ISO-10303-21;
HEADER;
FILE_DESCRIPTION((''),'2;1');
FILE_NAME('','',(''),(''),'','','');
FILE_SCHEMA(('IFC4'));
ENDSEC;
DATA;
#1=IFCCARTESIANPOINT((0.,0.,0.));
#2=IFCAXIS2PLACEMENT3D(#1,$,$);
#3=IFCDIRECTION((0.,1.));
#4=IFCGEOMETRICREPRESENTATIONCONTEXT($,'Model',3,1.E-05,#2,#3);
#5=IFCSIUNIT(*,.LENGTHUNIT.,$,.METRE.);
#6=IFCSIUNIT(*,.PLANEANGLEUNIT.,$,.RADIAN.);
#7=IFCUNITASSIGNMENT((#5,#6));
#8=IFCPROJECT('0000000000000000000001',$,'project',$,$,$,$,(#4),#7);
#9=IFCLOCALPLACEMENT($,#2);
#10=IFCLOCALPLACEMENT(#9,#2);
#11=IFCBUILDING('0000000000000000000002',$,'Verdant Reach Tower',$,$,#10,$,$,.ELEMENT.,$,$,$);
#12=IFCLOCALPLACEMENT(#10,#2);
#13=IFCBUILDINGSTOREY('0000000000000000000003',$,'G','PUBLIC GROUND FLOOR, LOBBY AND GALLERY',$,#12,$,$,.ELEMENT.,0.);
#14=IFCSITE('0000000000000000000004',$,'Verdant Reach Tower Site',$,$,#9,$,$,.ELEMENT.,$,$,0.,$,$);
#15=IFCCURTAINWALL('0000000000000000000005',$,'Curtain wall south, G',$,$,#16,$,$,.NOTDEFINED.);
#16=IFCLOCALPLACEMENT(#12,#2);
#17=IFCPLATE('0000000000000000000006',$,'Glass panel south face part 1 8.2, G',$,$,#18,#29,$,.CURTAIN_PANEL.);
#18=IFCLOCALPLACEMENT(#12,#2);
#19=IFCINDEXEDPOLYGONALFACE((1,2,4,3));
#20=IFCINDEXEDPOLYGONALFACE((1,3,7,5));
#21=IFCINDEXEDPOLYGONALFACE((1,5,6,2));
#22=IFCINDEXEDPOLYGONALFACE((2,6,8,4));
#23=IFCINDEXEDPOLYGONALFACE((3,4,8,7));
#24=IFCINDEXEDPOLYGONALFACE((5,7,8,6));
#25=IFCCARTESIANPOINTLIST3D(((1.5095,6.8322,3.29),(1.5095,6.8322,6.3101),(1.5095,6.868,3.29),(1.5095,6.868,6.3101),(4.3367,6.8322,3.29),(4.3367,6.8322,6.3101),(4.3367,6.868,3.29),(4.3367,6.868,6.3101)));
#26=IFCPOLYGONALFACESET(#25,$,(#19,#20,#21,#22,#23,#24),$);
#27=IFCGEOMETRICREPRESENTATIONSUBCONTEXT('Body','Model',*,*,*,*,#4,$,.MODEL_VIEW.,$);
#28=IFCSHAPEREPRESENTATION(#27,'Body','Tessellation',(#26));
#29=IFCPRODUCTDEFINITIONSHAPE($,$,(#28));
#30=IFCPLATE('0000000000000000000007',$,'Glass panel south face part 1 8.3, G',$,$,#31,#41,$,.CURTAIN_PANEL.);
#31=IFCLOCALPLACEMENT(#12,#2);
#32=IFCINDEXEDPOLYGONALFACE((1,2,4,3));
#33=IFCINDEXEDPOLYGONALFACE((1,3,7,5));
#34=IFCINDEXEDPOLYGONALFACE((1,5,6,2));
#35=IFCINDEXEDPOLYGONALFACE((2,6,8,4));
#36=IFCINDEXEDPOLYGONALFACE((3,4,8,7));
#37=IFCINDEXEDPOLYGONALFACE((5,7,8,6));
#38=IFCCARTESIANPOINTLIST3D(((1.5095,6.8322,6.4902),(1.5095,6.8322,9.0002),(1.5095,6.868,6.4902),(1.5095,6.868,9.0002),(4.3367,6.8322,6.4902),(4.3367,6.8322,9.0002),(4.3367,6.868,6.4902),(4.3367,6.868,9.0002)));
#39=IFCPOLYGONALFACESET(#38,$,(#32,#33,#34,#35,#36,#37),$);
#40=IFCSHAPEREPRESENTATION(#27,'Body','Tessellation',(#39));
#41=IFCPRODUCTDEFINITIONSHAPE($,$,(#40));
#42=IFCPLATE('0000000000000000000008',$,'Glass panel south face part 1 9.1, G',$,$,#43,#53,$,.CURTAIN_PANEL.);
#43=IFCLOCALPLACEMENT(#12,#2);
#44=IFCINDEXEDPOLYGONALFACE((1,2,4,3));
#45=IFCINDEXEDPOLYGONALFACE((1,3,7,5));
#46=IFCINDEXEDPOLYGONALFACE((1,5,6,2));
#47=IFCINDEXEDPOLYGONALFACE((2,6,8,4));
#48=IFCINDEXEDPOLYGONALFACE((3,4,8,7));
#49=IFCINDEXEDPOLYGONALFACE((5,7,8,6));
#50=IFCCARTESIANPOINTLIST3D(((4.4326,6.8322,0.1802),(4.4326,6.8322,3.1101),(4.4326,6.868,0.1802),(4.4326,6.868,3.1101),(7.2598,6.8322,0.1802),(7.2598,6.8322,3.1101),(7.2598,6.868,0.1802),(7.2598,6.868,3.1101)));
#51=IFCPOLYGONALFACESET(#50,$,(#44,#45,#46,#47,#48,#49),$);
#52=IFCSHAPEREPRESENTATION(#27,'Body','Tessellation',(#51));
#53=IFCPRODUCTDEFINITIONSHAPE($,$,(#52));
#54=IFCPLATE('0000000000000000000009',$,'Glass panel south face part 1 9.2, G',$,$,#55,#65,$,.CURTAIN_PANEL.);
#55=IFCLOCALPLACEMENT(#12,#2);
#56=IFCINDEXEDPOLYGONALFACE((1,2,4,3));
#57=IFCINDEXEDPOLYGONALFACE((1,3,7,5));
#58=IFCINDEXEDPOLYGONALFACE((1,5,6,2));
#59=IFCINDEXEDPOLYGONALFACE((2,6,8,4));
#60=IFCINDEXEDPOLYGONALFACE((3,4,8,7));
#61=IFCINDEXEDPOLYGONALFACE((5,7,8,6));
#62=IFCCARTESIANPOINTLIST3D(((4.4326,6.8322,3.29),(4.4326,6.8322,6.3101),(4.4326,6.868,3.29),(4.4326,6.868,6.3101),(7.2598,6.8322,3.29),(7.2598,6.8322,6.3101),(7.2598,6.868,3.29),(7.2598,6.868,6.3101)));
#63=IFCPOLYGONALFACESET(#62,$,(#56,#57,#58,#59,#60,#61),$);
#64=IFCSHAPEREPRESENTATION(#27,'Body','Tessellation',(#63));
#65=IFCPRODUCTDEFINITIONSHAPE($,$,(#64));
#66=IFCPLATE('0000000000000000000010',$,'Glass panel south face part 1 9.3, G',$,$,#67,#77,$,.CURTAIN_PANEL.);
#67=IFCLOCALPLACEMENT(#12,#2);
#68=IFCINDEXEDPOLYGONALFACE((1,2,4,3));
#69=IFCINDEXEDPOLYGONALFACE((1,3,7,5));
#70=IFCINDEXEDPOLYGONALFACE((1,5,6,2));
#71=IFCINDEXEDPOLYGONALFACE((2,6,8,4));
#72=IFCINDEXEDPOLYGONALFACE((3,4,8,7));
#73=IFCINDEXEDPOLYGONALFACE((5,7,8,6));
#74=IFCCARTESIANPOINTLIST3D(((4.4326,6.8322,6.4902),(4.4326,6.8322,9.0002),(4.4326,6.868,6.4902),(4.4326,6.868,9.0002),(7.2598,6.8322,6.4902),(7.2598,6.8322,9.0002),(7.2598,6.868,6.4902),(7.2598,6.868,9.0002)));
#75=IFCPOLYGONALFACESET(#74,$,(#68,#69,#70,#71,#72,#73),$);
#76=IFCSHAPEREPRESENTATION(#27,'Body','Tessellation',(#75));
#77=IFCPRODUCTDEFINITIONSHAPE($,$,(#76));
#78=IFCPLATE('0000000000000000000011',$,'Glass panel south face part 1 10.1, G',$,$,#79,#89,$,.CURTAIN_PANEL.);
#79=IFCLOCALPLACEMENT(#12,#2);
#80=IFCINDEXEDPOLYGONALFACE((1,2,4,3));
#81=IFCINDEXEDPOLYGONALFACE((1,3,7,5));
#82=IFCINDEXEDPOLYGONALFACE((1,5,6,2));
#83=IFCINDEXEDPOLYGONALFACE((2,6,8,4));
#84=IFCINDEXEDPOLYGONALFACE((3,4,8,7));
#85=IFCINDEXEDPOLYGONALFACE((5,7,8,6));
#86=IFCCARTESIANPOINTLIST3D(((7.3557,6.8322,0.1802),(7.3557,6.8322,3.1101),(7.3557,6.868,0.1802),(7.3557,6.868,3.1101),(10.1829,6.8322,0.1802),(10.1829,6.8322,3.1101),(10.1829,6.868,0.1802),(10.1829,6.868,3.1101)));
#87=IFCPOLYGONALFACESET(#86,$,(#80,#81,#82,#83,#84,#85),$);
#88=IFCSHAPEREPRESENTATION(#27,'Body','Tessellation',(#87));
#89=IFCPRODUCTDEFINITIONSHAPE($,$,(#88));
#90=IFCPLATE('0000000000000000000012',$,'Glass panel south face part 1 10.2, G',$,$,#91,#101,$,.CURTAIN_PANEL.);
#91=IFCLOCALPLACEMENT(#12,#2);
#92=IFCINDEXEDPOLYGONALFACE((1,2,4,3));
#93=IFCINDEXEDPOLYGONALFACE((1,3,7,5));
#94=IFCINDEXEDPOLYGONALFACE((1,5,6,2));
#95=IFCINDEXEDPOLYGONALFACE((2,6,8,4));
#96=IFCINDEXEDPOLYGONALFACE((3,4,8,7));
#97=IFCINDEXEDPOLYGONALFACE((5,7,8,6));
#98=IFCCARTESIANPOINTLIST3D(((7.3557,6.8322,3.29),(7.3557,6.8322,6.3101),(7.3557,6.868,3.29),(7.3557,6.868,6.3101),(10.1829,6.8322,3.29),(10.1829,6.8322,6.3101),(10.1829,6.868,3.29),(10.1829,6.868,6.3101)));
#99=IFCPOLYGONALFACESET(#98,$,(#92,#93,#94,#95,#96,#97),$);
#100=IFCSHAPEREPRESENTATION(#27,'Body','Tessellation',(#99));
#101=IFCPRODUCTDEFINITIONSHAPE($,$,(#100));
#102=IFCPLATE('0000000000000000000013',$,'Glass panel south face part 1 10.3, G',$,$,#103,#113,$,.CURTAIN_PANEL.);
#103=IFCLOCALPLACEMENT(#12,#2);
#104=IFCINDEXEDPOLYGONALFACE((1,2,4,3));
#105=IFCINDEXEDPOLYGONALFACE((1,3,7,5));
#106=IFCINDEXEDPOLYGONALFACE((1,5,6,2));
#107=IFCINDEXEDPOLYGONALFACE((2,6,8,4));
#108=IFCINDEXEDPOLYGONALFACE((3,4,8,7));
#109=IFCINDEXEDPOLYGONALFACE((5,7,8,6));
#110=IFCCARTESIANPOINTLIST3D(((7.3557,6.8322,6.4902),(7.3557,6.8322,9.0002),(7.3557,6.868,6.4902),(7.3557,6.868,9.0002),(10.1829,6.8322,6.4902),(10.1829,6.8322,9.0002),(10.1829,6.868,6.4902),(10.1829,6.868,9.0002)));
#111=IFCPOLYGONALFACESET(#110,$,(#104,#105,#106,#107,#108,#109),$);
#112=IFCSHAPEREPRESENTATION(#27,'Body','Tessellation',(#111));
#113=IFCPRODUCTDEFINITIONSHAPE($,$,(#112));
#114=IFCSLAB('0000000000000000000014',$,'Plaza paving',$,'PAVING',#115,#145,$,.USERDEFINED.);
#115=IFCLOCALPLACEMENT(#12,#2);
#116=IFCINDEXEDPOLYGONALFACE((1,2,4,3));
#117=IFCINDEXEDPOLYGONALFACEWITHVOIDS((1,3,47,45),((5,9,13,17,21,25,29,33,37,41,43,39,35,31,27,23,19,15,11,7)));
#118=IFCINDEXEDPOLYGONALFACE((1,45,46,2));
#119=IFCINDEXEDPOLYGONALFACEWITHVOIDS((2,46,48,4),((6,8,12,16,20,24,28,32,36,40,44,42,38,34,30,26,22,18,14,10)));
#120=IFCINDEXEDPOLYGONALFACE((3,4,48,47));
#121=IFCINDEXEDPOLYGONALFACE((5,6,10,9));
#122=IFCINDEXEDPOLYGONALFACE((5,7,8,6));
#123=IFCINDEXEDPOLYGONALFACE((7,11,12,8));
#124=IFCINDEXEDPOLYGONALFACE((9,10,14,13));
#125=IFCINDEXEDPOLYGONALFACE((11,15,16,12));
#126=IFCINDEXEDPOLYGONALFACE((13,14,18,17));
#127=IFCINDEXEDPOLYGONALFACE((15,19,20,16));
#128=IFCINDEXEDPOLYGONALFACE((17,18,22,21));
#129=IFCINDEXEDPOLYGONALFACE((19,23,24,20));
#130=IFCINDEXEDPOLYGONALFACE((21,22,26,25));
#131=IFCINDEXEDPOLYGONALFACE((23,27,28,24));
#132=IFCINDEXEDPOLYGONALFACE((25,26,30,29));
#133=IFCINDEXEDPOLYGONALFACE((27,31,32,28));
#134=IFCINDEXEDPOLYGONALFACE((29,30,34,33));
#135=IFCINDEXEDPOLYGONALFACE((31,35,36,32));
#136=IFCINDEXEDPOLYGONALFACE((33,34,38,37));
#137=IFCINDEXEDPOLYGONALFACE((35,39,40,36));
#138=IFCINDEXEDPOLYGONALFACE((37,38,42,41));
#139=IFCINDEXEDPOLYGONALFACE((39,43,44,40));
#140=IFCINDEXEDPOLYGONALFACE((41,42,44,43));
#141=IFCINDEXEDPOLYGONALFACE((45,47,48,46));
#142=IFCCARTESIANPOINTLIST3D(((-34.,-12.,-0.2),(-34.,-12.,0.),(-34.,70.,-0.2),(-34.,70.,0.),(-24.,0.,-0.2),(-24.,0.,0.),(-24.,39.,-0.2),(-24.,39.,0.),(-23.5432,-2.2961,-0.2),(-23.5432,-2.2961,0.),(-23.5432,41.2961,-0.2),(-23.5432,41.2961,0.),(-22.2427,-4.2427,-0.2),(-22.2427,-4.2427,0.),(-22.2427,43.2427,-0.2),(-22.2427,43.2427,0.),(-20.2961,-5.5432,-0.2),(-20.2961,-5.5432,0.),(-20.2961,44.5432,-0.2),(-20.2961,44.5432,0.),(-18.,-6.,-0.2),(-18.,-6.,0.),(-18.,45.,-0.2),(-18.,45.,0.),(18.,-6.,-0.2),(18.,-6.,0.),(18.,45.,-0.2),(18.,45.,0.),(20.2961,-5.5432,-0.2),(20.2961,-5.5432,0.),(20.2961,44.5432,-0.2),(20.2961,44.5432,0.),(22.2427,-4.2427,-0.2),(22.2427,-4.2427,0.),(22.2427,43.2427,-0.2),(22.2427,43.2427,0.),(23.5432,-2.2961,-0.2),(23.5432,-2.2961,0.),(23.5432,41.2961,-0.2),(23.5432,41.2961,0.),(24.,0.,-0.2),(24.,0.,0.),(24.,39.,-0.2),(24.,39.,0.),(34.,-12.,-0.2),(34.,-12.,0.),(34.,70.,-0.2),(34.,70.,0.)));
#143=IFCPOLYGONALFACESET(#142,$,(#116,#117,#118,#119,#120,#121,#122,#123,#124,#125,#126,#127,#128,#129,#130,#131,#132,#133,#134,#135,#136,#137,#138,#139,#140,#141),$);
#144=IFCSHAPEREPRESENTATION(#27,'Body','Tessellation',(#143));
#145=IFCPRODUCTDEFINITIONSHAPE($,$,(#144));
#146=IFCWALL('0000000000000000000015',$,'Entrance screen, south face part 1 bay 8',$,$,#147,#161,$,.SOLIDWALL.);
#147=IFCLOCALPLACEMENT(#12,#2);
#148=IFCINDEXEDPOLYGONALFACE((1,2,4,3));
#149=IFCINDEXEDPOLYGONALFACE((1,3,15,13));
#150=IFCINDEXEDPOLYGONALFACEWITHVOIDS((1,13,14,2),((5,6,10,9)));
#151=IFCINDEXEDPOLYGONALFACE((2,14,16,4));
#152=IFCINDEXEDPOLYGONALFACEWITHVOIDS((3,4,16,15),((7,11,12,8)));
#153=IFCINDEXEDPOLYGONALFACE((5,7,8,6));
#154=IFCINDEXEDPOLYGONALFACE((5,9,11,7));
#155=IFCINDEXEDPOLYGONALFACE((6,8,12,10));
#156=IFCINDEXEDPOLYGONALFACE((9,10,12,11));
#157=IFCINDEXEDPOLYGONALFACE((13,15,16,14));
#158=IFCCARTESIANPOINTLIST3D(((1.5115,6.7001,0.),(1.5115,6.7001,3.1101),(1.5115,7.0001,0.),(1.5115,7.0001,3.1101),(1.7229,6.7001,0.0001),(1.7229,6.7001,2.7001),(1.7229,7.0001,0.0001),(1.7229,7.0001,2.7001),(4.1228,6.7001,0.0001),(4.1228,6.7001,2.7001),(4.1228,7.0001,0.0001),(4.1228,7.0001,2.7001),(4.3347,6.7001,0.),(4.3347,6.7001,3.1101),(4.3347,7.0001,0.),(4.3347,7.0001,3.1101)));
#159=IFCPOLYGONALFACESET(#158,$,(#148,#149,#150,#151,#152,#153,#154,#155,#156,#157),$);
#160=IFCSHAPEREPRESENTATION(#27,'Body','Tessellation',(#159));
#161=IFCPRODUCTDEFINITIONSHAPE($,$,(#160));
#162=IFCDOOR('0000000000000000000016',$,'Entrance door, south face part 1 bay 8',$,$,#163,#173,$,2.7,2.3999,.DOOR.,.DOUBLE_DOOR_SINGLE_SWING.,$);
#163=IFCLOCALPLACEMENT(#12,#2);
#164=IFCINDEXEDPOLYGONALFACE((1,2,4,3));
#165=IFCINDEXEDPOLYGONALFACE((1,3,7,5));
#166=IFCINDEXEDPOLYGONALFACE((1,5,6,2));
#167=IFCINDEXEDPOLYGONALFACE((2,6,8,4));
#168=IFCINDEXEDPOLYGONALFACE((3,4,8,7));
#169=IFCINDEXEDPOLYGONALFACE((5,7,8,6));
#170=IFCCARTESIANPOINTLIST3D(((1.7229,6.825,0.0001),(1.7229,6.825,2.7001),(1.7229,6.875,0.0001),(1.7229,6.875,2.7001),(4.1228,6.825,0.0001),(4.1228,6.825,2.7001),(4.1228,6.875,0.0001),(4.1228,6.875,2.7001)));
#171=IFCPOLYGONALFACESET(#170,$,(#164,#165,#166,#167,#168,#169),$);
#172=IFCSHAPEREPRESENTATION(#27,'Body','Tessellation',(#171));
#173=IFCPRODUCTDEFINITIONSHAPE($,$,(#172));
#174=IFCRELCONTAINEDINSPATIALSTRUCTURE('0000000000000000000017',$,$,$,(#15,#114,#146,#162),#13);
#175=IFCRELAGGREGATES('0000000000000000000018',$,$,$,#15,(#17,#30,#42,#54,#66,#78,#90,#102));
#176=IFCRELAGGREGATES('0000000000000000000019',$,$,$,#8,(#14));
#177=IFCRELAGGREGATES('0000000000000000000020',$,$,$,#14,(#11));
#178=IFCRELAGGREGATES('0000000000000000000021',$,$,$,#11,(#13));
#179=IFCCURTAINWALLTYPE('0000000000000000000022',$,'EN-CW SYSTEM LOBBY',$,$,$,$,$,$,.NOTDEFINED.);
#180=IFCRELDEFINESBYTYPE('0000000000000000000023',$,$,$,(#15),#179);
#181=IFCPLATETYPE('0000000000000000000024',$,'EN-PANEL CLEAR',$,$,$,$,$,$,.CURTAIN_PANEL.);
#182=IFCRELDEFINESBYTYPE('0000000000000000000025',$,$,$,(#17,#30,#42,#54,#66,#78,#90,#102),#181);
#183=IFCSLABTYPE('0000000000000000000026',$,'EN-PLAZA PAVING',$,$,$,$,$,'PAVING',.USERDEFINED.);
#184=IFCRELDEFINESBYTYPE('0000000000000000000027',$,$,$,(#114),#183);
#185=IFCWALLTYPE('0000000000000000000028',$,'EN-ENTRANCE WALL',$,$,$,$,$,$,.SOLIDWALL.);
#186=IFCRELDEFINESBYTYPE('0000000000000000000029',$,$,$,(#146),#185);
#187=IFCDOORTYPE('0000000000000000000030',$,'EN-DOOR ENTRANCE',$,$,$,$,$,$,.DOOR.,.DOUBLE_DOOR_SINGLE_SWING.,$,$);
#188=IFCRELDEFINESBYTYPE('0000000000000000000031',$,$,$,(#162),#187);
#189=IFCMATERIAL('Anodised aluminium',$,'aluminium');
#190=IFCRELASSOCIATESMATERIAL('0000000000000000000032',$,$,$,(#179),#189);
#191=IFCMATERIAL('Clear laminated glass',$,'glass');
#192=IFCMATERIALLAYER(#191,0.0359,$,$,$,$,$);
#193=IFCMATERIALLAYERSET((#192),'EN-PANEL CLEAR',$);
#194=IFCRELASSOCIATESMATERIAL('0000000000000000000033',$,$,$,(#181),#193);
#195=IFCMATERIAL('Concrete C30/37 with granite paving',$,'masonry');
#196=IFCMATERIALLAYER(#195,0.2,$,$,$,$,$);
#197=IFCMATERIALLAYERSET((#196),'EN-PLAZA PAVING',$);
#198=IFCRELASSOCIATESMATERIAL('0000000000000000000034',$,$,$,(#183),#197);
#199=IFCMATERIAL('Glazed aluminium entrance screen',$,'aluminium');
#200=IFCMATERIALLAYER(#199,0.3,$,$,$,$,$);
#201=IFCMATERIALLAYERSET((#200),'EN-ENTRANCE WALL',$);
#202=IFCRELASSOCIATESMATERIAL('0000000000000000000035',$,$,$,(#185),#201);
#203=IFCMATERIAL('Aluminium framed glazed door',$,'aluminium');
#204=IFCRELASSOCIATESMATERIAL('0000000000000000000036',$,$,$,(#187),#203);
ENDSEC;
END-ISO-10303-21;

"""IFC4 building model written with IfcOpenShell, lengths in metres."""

from ifc_helpers import new_model, si_unit, direction, frame, frame_2d, origin, origin_2d, place, context, subcontext, project, spatial, polyline, rectangle, outline, extrude, material, layer, layer_set, type_object, element, fill, aggregate, save


model = new_model("IFC4")

# Units and contexts
model_context = context("Model", 3, precision=1e-05, world=origin(), true_north=direction((0.0, 1.0)))
body_context = subcontext(model_context, "Body", "Model", "MODEL_VIEW")
ifc_project = project(units=[si_unit("LENGTHUNIT", "METRE"), si_unit("PLANEANGLEUNIT", "RADIAN")], contexts=[model_context])

# Site, building, storey
site_placement = place(None, origin())
site = spatial("IfcSite", under=ifc_project, at=site_placement, Name="Verdant Reach Tower Site", CompositionType="ELEMENT", RefElevation=0.0)
building_placement = place(site_placement, origin())
building = spatial("IfcBuilding", under=site, at=building_placement, Name="Verdant Reach Tower", CompositionType="ELEMENT")
storey_placement = place(building_placement, origin())
storey = spatial("IfcBuildingStorey", under=building, at=storey_placement, Name="G", Description="PUBLIC GROUND FLOOR, LOBBY AND GALLERY", CompositionType="ELEMENT", Elevation=0.0)

# Curtain wall
ifc_material_1 = material(Name="Anodised aluminium", Category="aluminium")
curtain_wall_type = type_object("IfcCurtainWallType", Name="EN-CW SYSTEM LOBBY", PredefinedType="NOTDEFINED", material=ifc_material_1)
curtain_wall_placement = place(storey_placement, origin())
curtain_wall = element("IfcCurtainWall", 1, at=curtain_wall_placement, inside=storey, type_object=curtain_wall_type, Name="Curtain wall south, G", PredefinedType="NOTDEFINED")

# Plates
ifc_material_2 = material(Name="Clear laminated glass", Category="glass")
ifc_layer_1 = layer(ifc_material_2, 0.0359)
ifc_layer_set_1 = layer_set([ifc_layer_1], Name="EN-PANEL CLEAR")
plate_type = type_object("IfcPlateType", Name="EN-PANEL CLEAR", PredefinedType="CURTAIN_PANEL", material=ifc_layer_set_1)
plate_1_placement = place(storey_placement, frame((2.9231, 6.8501, 3.29), z_axis=(0.0, 0.0, 1.0), x_axis=(1.0, 0.0, 0.0)))
plate_1 = element("IfcPlate", 2, at=plate_1_placement, type_object=plate_type, Name="Glass panel south face part 1 8.2, G", PredefinedType="CURTAIN_PANEL", context=body_context, shape_type="SweptSolid", body=[
    extrude(rectangle(XDim=2.8271, YDim=0.0359, at=origin_2d()), origin(), (0.0, 0.0, 1.0), 3.02),
])
plate_2_placement = place(storey_placement, frame((2.9231, 6.8501, 6.4902), z_axis=(0.0, 0.0, 1.0), x_axis=(1.0, 0.0, 0.0)))
plate_2 = element("IfcPlate", 3, at=plate_2_placement, type_object=plate_type, Name="Glass panel south face part 1 8.3, G", PredefinedType="CURTAIN_PANEL", context=body_context, shape_type="SweptSolid", body=[
    extrude(rectangle(XDim=2.8271, YDim=0.0359, at=origin_2d()), origin(), (0.0, 0.0, 1.0), 2.51),
])
plate_3_placement = place(storey_placement, frame((5.8462, 6.8501, 0.1802), z_axis=(0.0, 0.0, 1.0), x_axis=(1.0, 0.0, 0.0)))
plate_3 = element("IfcPlate", 4, at=plate_3_placement, type_object=plate_type, Name="Glass panel south face part 1 9.1, G", PredefinedType="CURTAIN_PANEL", context=body_context, shape_type="SweptSolid", body=[
    extrude(rectangle(XDim=2.8271, YDim=0.0359, at=origin_2d()), origin(), (0.0, 0.0, 1.0), 2.9299),
])
plate_4_placement = place(storey_placement, frame((5.8462, 6.8501, 3.29), z_axis=(0.0, 0.0, 1.0), x_axis=(1.0, 0.0, 0.0)))
plate_4 = element("IfcPlate", 5, at=plate_4_placement, type_object=plate_type, Name="Glass panel south face part 1 9.2, G", PredefinedType="CURTAIN_PANEL", context=body_context, shape_type="SweptSolid", body=[
    extrude(rectangle(XDim=2.8271, YDim=0.0359, at=origin_2d()), origin(), (0.0, 0.0, 1.0), 3.02),
])
plate_5_placement = place(storey_placement, frame((5.8462, 6.8501, 6.4902), z_axis=(0.0, 0.0, 1.0), x_axis=(1.0, 0.0, 0.0)))
plate_5 = element("IfcPlate", 6, at=plate_5_placement, type_object=plate_type, Name="Glass panel south face part 1 9.3, G", PredefinedType="CURTAIN_PANEL", context=body_context, shape_type="SweptSolid", body=[
    extrude(rectangle(XDim=2.8271, YDim=0.0359, at=origin_2d()), origin(), (0.0, 0.0, 1.0), 2.51),
])
plate_6_placement = place(storey_placement, frame((8.7693, 6.8501, 0.1802), z_axis=(0.0, 0.0, 1.0), x_axis=(1.0, 0.0, 0.0)))
plate_6 = element("IfcPlate", 7, at=plate_6_placement, type_object=plate_type, Name="Glass panel south face part 1 10.1, G", PredefinedType="CURTAIN_PANEL", context=body_context, shape_type="SweptSolid", body=[
    extrude(rectangle(XDim=2.8271, YDim=0.0359, at=origin_2d()), origin(), (0.0, 0.0, 1.0), 2.9299),
])
plate_7_placement = place(storey_placement, frame((8.7693, 6.8501, 3.29), z_axis=(0.0, 0.0, 1.0), x_axis=(1.0, 0.0, 0.0)))
plate_7 = element("IfcPlate", 8, at=plate_7_placement, type_object=plate_type, Name="Glass panel south face part 1 10.2, G", PredefinedType="CURTAIN_PANEL", context=body_context, shape_type="SweptSolid", body=[
    extrude(rectangle(XDim=2.8271, YDim=0.0359, at=origin_2d()), origin(), (0.0, 0.0, 1.0), 3.02),
])
plate_8_placement = place(storey_placement, frame((8.7693, 6.8501, 6.4902), z_axis=(0.0, 0.0, 1.0), x_axis=(1.0, 0.0, 0.0)))
plate_8 = element("IfcPlate", 9, at=plate_8_placement, type_object=plate_type, Name="Glass panel south face part 1 10.3, G", PredefinedType="CURTAIN_PANEL", context=body_context, shape_type="SweptSolid", body=[
    extrude(rectangle(XDim=2.8271, YDim=0.0359, at=origin_2d()), origin(), (0.0, 0.0, 1.0), 2.51),
])
aggregate(curtain_wall, [plate_1, plate_2, plate_3, plate_4, plate_5, plate_6, plate_7, plate_8])

# Slab
ifc_material_3 = material(Name="Concrete C30/37 with granite paving", Category="masonry")
ifc_layer_2 = layer(ifc_material_3, 0.2)
ifc_layer_set_2 = layer_set([ifc_layer_2], Name="EN-PLAZA PAVING")
slab_type_1 = type_object("IfcSlabType", Name="EN-PLAZA PAVING", ElementType="PAVING", PredefinedType="USERDEFINED", material=ifc_layer_set_2)
slab_1_placement = place(storey_placement, frame((0.0, 0.0, -0.2)))
element("IfcSlab", 10, at=slab_1_placement, inside=storey, type_object=slab_type_1, Name="Plaza paving", ObjectType="PAVING", PredefinedType="USERDEFINED", context=body_context, shape_type="SweptSolid", body=[
    extrude(outline(polyline([(-34.0, -12.0), (-34.0, 70.0), (34.0, 70.0), (34.0, -12.0), (-34.0, -12.0)]), holes=[polyline([(20.2961, -5.5432), (22.2427, -4.2427), (23.5432, -2.2961), (24.0, 0.0), (24.0, 39.0), (23.5432, 41.2961), (22.2427, 43.2427), (20.2961, 44.5432), (18.0, 45.0), (-18.0, 45.0), (-20.2961, 44.5432), (-22.2427, 43.2427), (-23.5432, 41.2961), (-24.0, 39.0), (-24.0, 0.0), (-23.5432, -2.2961), (-22.2427, -4.2427), (-20.2961, -5.5432), (-18.0, -6.0), (18.0, -6.0), (20.2961, -5.5432)])]), origin(), (0.0, 0.0, 1.0), 0.2),
])

# Wall, opening, door
ifc_material_4 = material(Name="Glazed aluminium entrance screen", Category="aluminium")
ifc_layer_3 = layer(ifc_material_4, 0.3)
ifc_layer_set_3 = layer_set([ifc_layer_3], Name="EN-ENTRANCE WALL")
wall_type_1 = type_object("IfcWallType", Name="EN-ENTRANCE WALL", PredefinedType="SOLIDWALL", material=ifc_layer_set_3)
wall_1_placement = place(storey_placement, frame((1.5115, 6.8501, 0.0), z_axis=(0.0, 0.0, 1.0), x_axis=(1.0, 0.0, 0.0)))
wall_1 = element("IfcWall", 11, at=wall_1_placement, inside=storey, type_object=wall_type_1, Name="Entrance screen, south face part 1 bay 8", PredefinedType="SOLIDWALL", context=body_context, shape_type="SweptSolid", body=[
    extrude(rectangle(XDim=2.8232, YDim=0.3, at=frame_2d((1.4116, 0.0))), origin(), (0.0, 0.0, 1.0), 3.1101),
])
opening_1_placement = place(wall_1_placement, frame((0.2114, 0.0, 0.0)))
opening_1 = element("IfcOpeningElement", 12, at=opening_1_placement, cuts=wall_1, PredefinedType="OPENING", context=body_context, shape_type="SweptSolid", body=[
    extrude(rectangle(XDim=2.3999, YDim=2.7, at=frame_2d((1.2, 1.3501))), frame((0.0, 0.1599, 0.0), z_axis=(0.0, -1.0, 0.0), x_axis=(1.0, 0.0, 0.0)), (0.0, 0.0, 1.0), 0.3201),
])
ifc_material_5 = material(Name="Aluminium framed glazed door", Category="aluminium")
door_type_1 = type_object("IfcDoorType", Name="EN-DOOR ENTRANCE", OperationType="DOUBLE_DOOR_SINGLE_SWING", PredefinedType="DOOR", material=ifc_material_5)
door_1_placement = place(opening_1_placement, origin())
door_1 = element("IfcDoor", 13, at=door_1_placement, inside=storey, type_object=door_type_1, Name="Entrance door, south face part 1 bay 8", OperationType="DOUBLE_DOOR_SINGLE_SWING", OverallHeight=2.7, OverallWidth=2.3999, PredefinedType="DOOR", context=body_context, shape_type="SweptSolid", body=[
    extrude(rectangle(XDim=2.3999, YDim=2.7, at=frame_2d((1.2, 1.3501))), frame((0.0, 0.0249, 0.0), z_axis=(0.0, -1.0, 0.0), x_axis=(1.0, 0.0, 0.0)), (0.0, 0.0, 1.0), 0.05),
])
fill(opening_1, door_1)

save(model, "model.ifc")
